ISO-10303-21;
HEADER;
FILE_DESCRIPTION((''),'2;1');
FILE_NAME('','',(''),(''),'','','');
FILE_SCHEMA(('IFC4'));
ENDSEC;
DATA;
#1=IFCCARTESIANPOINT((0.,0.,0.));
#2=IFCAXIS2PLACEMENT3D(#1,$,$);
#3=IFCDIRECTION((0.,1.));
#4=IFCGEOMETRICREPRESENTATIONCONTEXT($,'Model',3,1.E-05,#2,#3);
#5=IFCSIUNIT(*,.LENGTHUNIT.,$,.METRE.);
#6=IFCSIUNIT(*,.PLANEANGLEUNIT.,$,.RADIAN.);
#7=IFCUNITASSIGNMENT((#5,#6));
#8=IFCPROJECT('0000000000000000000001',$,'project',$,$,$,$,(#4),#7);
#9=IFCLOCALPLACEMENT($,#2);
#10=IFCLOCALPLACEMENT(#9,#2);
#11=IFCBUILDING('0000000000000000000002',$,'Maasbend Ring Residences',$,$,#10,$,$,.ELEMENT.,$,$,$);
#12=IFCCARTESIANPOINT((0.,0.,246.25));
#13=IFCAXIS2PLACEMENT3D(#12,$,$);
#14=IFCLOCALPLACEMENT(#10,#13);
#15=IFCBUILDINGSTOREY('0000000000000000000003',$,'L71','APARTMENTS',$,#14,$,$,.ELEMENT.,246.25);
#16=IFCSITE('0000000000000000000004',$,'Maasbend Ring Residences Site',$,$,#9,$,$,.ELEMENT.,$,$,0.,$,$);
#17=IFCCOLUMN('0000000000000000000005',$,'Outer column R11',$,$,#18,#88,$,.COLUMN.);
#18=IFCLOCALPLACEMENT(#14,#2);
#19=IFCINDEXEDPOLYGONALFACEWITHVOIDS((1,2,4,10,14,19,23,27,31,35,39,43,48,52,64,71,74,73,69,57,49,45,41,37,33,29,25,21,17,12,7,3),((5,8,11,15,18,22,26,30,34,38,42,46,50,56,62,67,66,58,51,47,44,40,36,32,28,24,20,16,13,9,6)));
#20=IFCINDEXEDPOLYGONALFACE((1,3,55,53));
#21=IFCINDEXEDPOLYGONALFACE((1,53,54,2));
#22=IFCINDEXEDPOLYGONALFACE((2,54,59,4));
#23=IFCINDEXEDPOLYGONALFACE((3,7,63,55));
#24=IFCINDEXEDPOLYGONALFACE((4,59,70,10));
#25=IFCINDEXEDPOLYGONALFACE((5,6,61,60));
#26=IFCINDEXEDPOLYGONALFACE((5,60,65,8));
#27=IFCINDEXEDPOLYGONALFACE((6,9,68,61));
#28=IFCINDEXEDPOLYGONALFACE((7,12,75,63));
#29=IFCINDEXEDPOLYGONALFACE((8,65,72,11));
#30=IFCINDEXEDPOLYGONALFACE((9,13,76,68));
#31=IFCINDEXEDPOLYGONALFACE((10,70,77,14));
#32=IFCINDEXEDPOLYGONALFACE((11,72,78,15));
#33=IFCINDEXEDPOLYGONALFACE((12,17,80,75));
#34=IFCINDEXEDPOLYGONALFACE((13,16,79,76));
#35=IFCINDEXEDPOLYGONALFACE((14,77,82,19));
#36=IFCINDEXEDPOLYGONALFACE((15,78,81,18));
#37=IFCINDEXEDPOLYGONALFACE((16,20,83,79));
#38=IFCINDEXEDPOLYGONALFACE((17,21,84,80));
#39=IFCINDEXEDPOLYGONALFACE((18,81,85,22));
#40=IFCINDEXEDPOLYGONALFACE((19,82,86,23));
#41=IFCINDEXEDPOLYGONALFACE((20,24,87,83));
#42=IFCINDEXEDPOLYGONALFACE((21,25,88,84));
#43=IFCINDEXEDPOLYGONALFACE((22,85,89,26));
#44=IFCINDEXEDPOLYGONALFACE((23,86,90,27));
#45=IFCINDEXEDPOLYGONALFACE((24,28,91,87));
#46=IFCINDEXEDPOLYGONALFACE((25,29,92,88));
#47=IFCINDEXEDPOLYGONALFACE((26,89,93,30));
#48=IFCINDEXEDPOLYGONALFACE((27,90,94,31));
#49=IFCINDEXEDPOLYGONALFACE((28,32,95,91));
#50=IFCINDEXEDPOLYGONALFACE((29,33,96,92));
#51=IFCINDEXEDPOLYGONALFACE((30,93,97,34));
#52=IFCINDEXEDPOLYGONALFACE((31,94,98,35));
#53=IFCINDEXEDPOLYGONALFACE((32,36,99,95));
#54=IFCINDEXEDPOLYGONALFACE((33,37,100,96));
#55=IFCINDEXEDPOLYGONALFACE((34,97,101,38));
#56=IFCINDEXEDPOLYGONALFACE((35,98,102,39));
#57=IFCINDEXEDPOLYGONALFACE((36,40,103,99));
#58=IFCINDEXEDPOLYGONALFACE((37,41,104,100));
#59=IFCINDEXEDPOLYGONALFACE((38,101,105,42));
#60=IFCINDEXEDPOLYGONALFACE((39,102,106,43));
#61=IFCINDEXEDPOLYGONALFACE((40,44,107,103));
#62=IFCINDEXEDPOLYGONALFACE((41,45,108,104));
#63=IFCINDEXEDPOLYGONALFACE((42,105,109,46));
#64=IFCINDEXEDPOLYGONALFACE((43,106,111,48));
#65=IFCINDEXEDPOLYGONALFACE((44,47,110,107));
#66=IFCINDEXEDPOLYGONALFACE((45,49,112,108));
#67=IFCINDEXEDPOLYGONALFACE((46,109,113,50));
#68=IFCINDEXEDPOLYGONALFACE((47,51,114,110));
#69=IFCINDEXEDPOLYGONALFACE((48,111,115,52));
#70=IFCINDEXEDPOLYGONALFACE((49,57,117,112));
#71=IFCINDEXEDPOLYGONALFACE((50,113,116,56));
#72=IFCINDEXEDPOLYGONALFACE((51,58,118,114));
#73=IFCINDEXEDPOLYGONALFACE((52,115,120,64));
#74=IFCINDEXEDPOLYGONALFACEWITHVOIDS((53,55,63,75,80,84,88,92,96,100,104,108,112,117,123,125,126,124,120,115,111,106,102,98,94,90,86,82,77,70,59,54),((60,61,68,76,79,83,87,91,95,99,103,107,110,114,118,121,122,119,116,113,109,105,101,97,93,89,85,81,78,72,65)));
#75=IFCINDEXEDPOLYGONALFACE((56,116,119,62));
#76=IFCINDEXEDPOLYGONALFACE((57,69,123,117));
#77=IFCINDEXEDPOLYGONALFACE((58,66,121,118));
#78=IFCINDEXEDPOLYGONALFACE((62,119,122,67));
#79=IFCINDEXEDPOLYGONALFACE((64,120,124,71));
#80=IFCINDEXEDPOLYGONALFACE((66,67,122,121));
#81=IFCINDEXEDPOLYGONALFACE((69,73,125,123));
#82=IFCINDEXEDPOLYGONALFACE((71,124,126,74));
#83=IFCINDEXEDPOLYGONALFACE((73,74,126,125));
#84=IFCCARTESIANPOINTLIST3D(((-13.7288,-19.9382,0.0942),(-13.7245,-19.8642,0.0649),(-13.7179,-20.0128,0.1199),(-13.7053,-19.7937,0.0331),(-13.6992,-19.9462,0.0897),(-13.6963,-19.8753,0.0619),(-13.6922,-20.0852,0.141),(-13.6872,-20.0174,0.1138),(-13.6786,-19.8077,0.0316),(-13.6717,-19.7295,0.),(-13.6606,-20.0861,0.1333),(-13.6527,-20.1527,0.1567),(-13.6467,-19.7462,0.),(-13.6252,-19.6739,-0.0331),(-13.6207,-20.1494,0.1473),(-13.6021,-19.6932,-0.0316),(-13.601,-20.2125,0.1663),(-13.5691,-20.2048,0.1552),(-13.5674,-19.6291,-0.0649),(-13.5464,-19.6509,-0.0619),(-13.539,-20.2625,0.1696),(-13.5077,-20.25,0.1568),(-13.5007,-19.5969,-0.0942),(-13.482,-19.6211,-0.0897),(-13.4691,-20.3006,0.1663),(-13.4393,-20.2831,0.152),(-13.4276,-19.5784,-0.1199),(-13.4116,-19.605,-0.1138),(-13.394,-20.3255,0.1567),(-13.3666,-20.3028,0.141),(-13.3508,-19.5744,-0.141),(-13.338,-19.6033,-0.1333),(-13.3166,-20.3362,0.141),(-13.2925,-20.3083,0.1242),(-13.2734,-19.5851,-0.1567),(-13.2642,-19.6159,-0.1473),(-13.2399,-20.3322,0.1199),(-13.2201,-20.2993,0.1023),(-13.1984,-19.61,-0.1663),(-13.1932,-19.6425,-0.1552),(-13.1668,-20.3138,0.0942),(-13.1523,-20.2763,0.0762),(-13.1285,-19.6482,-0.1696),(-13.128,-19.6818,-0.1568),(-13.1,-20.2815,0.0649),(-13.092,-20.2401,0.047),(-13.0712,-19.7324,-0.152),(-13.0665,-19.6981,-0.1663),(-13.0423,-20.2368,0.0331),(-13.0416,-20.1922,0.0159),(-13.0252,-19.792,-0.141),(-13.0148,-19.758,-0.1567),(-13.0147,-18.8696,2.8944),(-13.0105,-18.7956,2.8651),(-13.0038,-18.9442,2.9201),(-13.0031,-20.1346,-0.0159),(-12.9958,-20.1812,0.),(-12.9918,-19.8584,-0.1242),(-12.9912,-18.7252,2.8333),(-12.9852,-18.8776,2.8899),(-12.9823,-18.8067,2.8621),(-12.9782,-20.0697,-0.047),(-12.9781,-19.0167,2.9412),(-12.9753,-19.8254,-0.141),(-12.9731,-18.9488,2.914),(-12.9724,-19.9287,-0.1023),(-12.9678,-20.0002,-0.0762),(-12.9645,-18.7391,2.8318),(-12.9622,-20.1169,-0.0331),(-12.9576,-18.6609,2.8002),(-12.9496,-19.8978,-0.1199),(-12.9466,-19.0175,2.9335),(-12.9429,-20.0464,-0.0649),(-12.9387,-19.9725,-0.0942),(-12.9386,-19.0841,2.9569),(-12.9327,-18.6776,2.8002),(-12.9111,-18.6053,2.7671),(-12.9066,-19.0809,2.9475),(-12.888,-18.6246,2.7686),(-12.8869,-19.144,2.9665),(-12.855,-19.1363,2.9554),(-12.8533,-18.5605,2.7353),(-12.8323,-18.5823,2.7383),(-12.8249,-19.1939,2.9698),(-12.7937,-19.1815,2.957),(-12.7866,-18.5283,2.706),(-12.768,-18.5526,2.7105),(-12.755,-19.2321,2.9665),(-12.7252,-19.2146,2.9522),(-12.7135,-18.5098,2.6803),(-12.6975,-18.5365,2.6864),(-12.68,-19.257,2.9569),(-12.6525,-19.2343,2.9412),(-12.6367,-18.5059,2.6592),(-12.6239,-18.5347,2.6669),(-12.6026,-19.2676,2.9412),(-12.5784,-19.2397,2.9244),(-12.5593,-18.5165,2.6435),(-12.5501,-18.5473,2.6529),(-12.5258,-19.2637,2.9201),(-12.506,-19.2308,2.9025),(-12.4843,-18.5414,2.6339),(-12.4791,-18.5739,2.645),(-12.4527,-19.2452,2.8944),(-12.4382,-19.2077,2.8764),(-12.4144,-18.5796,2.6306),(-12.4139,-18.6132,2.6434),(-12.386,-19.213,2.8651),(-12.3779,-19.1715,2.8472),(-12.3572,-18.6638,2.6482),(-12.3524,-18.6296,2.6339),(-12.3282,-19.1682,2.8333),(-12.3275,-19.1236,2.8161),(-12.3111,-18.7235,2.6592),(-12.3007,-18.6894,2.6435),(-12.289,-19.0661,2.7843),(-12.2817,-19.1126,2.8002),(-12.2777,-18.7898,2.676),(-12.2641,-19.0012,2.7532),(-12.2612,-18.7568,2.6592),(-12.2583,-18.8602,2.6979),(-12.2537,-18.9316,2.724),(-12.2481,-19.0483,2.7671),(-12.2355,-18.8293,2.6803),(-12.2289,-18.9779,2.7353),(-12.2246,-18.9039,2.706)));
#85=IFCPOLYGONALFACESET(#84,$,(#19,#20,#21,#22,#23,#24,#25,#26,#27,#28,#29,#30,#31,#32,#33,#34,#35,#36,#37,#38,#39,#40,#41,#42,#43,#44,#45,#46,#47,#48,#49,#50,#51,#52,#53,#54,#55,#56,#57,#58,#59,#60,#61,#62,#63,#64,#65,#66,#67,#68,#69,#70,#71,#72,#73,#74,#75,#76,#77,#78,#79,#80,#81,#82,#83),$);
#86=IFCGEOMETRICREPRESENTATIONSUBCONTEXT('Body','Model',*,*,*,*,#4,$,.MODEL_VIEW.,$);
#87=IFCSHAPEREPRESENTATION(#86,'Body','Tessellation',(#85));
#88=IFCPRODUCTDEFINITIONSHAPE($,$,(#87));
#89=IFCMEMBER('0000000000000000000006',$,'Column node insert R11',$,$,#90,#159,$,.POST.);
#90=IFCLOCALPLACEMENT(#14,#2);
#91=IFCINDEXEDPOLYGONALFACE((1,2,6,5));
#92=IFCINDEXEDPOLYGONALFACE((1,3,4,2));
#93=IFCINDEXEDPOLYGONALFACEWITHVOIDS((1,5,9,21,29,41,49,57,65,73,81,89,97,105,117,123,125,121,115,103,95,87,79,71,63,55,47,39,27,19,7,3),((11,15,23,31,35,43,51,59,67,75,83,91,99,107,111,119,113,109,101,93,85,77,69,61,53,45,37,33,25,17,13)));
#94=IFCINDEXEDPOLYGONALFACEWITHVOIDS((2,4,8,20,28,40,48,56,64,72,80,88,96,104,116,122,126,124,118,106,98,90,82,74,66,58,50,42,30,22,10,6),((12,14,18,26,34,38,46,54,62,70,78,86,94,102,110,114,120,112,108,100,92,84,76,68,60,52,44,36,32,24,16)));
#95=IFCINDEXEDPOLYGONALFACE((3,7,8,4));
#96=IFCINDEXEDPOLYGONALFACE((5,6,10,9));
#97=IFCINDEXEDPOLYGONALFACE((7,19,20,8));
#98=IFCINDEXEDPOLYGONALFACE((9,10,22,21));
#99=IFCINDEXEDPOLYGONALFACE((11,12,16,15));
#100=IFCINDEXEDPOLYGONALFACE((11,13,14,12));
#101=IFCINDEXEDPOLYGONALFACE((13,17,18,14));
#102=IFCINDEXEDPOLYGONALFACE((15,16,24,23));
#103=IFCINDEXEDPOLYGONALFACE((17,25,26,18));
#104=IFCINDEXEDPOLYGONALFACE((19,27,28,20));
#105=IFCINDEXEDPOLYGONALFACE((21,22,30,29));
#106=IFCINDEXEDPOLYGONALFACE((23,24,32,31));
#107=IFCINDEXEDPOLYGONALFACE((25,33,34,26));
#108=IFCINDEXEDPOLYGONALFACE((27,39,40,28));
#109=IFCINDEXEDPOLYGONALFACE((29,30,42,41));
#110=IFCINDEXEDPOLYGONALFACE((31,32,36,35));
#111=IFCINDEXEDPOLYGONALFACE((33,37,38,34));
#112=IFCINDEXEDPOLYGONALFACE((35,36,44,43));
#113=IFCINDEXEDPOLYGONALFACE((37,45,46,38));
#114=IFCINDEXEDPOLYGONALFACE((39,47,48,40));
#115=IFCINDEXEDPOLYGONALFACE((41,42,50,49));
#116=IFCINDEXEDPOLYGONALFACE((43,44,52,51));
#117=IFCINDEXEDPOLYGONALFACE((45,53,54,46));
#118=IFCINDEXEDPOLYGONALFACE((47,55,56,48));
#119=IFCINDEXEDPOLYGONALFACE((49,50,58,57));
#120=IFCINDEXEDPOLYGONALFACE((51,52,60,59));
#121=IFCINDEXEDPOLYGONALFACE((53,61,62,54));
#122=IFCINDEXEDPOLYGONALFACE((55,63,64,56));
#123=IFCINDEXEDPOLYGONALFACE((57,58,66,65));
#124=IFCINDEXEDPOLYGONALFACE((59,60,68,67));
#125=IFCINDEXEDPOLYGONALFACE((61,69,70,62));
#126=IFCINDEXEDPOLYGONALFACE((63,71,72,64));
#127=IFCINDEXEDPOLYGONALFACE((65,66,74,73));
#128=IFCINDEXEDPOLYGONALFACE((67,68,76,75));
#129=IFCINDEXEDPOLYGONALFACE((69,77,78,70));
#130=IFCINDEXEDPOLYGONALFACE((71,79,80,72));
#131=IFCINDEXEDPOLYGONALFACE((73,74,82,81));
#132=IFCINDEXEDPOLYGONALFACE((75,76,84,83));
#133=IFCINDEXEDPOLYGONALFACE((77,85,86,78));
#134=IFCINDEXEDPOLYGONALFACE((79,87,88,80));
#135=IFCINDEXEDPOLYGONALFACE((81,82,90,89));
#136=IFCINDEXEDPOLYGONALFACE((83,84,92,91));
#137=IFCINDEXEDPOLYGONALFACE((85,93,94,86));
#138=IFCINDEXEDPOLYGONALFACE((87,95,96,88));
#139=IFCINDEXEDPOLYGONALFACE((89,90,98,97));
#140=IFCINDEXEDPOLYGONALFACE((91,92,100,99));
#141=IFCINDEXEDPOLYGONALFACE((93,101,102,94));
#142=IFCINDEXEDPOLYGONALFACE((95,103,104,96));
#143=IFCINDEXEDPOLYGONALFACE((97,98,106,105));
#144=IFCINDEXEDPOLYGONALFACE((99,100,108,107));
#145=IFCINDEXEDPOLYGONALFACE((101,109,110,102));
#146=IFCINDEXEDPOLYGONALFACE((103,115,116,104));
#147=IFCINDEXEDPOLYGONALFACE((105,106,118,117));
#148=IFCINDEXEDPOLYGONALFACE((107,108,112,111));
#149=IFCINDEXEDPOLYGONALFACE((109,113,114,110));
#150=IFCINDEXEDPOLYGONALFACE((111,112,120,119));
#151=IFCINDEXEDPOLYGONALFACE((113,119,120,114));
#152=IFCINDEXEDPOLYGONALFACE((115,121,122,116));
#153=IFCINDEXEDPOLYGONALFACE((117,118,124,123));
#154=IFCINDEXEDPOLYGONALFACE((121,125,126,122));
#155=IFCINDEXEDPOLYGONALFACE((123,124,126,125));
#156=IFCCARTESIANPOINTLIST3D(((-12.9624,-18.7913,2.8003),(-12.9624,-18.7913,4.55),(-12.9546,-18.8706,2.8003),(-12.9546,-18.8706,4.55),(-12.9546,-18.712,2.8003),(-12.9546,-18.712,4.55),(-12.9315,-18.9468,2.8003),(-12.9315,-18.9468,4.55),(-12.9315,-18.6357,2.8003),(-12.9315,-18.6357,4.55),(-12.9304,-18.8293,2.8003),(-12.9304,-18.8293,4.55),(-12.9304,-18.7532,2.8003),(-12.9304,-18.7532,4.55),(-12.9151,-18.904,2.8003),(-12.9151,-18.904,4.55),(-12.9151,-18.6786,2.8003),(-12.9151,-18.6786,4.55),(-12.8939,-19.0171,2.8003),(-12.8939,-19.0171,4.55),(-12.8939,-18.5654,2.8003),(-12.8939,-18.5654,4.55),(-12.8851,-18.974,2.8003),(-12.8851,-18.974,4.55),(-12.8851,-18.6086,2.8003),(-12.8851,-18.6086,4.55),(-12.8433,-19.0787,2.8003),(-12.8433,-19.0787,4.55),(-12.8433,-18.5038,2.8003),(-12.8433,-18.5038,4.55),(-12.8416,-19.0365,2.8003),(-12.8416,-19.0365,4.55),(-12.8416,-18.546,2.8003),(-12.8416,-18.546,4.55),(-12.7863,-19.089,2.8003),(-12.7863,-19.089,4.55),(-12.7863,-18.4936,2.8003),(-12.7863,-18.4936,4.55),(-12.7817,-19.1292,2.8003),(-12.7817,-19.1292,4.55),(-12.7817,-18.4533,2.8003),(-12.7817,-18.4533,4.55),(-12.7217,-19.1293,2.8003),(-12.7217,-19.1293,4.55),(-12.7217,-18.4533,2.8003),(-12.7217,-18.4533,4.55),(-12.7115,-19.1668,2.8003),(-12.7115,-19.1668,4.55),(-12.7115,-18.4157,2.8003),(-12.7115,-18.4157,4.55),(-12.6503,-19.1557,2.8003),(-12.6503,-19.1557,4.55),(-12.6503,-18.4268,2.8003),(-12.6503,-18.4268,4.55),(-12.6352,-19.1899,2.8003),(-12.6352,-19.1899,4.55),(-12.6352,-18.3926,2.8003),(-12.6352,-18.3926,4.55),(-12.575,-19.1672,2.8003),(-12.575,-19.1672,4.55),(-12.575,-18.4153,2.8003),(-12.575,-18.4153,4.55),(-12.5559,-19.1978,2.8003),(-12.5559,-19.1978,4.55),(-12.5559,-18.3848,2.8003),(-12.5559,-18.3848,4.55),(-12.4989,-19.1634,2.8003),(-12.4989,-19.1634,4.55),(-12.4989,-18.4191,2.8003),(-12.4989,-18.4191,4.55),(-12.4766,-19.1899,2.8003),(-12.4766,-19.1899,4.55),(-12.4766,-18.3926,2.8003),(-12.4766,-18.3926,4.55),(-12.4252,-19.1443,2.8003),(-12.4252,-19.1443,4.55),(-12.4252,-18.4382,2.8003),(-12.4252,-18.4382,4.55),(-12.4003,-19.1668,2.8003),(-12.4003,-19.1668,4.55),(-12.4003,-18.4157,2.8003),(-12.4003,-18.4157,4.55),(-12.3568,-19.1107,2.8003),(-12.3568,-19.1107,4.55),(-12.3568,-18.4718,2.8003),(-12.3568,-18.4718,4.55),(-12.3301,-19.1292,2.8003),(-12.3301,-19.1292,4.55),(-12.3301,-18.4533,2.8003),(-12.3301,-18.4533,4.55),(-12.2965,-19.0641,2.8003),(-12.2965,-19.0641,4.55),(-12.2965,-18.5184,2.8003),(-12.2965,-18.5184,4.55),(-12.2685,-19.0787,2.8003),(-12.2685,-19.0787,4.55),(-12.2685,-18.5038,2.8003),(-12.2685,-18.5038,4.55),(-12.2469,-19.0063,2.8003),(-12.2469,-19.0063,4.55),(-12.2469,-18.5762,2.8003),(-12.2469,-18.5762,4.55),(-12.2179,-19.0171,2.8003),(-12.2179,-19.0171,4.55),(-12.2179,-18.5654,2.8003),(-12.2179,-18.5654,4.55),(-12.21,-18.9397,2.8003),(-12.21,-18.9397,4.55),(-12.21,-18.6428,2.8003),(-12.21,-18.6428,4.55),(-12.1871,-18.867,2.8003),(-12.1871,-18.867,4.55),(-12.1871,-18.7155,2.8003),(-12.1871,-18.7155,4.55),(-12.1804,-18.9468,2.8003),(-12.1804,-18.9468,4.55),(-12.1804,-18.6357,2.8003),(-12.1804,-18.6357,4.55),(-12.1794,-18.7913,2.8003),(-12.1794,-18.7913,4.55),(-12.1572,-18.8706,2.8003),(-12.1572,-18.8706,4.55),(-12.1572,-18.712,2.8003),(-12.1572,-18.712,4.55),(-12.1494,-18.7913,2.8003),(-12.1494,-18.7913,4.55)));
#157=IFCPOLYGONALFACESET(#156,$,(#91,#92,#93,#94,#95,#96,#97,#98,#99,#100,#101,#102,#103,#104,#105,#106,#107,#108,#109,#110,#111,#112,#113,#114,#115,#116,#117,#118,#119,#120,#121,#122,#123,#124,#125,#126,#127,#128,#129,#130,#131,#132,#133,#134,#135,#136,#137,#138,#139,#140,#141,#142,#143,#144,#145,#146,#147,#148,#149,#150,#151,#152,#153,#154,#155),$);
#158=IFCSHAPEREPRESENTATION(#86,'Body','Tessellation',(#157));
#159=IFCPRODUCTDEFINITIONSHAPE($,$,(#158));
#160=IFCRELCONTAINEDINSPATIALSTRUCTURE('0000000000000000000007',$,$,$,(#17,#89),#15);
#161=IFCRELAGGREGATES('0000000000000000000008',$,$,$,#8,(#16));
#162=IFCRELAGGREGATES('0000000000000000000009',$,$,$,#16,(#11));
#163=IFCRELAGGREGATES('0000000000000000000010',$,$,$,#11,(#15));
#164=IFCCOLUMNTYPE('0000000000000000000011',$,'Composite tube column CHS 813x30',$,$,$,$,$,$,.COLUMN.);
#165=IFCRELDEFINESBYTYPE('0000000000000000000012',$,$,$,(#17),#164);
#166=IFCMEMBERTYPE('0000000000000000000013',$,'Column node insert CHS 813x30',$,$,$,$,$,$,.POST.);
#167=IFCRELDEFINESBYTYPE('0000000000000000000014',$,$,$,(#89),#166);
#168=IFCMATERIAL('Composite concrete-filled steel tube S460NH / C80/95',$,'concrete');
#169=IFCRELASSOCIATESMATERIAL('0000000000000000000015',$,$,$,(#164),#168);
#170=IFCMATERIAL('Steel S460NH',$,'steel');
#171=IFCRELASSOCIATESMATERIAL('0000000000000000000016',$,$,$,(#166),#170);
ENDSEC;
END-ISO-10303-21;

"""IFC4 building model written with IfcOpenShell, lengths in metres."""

from ifc_helpers import new_model, si_unit, direction, frame, origin, origin_2d, place, context, subcontext, project, spatial, hollow_circle, extrude, material, material_profile, profile_set, type_object, element, save


model = new_model("IFC4")

# Units and contexts
model_context = context("Model", 3, precision=1e-05, world=origin(), true_north=direction((0.0, 1.0)))
body_context = subcontext(model_context, "Body", "Model", "MODEL_VIEW")
ifc_project = project(units=[si_unit("LENGTHUNIT", "METRE"), si_unit("PLANEANGLEUNIT", "RADIAN")], contexts=[model_context])

# Site, building, storey
site_placement = place(None, origin())
site = spatial("IfcSite", under=ifc_project, at=site_placement, Name="Maasbend Ring Residences Site", CompositionType="ELEMENT", RefElevation=0.0)
building_placement = place(site_placement, origin())
building = spatial("IfcBuilding", under=site, at=building_placement, Name="Maasbend Ring Residences", CompositionType="ELEMENT")
storey_placement = place(building_placement, frame((0.0, 0.0, 246.25)))
storey = spatial("IfcBuildingStorey", under=building, at=storey_placement, Name="L71", Description="APARTMENTS", CompositionType="ELEMENT", Elevation=246.25)

# Column
ifc_material_1 = material(Name="Composite concrete-filled steel tube S460NH / C80/95", Category="concrete")
ifc_material_profile_1 = material_profile(ifc_material_1, hollow_circle(Radius=0.4065, WallThickness=0.03, at=origin_2d()), Name="Composite tube column CHS 813x30")
ifc_profile_set_1 = profile_set([ifc_material_profile_1], Name="Composite concrete-filled steel tube S460NH / C80/95")
column_type = type_object("IfcColumnType", Name="Composite tube column CHS 813x30", PredefinedType="COLUMN", material=ifc_profile_set_1)
column_placement = place(storey_placement, frame((-13.3337, -19.9553, 0.0), z_axis=(0.231767, 0.346819, 0.908846), x_axis=(-0.831436, 0.55562, 0.0)))
element("IfcColumn", 1, at=column_placement, inside=storey, type_object=column_type, Name="Outer column R11", PredefinedType="COLUMN", context=body_context, shape_type="SweptSolid", body=[
    extrude(hollow_circle(Radius=0.4065, WallThickness=0.03, at=origin_2d()), origin(), (0.0, 0.0, 1.0), 3.0811),
])

# Member
ifc_material_2 = material(Name="Steel S460NH", Category="steel")
ifc_material_profile_2 = material_profile(ifc_material_2, hollow_circle(Radius=0.4065, WallThickness=0.03, at=origin_2d()), Name="Column node insert CHS 813x30")
ifc_profile_set_2 = profile_set([ifc_material_profile_2], Name="Steel S460NH")
member_type = type_object("IfcMemberType", Name="Column node insert CHS 813x30", PredefinedType="POST", material=ifc_profile_set_2)
member_placement = place(storey_placement, frame((-12.5559, -18.7913, 2.8003), z_axis=(0.0, 0.0, 1.0), x_axis=(1.0, 0.0, 0.0)))
element("IfcMember", 2, at=member_placement, inside=storey, type_object=member_type, Name="Column node insert R11", PredefinedType="POST", context=body_context, shape_type="SweptSolid", body=[
    extrude(hollow_circle(Radius=0.4065, WallThickness=0.03, at=origin_2d()), origin(), (0.0, 0.0, 1.0), 1.7498),
])

save(model, "model.ifc")
